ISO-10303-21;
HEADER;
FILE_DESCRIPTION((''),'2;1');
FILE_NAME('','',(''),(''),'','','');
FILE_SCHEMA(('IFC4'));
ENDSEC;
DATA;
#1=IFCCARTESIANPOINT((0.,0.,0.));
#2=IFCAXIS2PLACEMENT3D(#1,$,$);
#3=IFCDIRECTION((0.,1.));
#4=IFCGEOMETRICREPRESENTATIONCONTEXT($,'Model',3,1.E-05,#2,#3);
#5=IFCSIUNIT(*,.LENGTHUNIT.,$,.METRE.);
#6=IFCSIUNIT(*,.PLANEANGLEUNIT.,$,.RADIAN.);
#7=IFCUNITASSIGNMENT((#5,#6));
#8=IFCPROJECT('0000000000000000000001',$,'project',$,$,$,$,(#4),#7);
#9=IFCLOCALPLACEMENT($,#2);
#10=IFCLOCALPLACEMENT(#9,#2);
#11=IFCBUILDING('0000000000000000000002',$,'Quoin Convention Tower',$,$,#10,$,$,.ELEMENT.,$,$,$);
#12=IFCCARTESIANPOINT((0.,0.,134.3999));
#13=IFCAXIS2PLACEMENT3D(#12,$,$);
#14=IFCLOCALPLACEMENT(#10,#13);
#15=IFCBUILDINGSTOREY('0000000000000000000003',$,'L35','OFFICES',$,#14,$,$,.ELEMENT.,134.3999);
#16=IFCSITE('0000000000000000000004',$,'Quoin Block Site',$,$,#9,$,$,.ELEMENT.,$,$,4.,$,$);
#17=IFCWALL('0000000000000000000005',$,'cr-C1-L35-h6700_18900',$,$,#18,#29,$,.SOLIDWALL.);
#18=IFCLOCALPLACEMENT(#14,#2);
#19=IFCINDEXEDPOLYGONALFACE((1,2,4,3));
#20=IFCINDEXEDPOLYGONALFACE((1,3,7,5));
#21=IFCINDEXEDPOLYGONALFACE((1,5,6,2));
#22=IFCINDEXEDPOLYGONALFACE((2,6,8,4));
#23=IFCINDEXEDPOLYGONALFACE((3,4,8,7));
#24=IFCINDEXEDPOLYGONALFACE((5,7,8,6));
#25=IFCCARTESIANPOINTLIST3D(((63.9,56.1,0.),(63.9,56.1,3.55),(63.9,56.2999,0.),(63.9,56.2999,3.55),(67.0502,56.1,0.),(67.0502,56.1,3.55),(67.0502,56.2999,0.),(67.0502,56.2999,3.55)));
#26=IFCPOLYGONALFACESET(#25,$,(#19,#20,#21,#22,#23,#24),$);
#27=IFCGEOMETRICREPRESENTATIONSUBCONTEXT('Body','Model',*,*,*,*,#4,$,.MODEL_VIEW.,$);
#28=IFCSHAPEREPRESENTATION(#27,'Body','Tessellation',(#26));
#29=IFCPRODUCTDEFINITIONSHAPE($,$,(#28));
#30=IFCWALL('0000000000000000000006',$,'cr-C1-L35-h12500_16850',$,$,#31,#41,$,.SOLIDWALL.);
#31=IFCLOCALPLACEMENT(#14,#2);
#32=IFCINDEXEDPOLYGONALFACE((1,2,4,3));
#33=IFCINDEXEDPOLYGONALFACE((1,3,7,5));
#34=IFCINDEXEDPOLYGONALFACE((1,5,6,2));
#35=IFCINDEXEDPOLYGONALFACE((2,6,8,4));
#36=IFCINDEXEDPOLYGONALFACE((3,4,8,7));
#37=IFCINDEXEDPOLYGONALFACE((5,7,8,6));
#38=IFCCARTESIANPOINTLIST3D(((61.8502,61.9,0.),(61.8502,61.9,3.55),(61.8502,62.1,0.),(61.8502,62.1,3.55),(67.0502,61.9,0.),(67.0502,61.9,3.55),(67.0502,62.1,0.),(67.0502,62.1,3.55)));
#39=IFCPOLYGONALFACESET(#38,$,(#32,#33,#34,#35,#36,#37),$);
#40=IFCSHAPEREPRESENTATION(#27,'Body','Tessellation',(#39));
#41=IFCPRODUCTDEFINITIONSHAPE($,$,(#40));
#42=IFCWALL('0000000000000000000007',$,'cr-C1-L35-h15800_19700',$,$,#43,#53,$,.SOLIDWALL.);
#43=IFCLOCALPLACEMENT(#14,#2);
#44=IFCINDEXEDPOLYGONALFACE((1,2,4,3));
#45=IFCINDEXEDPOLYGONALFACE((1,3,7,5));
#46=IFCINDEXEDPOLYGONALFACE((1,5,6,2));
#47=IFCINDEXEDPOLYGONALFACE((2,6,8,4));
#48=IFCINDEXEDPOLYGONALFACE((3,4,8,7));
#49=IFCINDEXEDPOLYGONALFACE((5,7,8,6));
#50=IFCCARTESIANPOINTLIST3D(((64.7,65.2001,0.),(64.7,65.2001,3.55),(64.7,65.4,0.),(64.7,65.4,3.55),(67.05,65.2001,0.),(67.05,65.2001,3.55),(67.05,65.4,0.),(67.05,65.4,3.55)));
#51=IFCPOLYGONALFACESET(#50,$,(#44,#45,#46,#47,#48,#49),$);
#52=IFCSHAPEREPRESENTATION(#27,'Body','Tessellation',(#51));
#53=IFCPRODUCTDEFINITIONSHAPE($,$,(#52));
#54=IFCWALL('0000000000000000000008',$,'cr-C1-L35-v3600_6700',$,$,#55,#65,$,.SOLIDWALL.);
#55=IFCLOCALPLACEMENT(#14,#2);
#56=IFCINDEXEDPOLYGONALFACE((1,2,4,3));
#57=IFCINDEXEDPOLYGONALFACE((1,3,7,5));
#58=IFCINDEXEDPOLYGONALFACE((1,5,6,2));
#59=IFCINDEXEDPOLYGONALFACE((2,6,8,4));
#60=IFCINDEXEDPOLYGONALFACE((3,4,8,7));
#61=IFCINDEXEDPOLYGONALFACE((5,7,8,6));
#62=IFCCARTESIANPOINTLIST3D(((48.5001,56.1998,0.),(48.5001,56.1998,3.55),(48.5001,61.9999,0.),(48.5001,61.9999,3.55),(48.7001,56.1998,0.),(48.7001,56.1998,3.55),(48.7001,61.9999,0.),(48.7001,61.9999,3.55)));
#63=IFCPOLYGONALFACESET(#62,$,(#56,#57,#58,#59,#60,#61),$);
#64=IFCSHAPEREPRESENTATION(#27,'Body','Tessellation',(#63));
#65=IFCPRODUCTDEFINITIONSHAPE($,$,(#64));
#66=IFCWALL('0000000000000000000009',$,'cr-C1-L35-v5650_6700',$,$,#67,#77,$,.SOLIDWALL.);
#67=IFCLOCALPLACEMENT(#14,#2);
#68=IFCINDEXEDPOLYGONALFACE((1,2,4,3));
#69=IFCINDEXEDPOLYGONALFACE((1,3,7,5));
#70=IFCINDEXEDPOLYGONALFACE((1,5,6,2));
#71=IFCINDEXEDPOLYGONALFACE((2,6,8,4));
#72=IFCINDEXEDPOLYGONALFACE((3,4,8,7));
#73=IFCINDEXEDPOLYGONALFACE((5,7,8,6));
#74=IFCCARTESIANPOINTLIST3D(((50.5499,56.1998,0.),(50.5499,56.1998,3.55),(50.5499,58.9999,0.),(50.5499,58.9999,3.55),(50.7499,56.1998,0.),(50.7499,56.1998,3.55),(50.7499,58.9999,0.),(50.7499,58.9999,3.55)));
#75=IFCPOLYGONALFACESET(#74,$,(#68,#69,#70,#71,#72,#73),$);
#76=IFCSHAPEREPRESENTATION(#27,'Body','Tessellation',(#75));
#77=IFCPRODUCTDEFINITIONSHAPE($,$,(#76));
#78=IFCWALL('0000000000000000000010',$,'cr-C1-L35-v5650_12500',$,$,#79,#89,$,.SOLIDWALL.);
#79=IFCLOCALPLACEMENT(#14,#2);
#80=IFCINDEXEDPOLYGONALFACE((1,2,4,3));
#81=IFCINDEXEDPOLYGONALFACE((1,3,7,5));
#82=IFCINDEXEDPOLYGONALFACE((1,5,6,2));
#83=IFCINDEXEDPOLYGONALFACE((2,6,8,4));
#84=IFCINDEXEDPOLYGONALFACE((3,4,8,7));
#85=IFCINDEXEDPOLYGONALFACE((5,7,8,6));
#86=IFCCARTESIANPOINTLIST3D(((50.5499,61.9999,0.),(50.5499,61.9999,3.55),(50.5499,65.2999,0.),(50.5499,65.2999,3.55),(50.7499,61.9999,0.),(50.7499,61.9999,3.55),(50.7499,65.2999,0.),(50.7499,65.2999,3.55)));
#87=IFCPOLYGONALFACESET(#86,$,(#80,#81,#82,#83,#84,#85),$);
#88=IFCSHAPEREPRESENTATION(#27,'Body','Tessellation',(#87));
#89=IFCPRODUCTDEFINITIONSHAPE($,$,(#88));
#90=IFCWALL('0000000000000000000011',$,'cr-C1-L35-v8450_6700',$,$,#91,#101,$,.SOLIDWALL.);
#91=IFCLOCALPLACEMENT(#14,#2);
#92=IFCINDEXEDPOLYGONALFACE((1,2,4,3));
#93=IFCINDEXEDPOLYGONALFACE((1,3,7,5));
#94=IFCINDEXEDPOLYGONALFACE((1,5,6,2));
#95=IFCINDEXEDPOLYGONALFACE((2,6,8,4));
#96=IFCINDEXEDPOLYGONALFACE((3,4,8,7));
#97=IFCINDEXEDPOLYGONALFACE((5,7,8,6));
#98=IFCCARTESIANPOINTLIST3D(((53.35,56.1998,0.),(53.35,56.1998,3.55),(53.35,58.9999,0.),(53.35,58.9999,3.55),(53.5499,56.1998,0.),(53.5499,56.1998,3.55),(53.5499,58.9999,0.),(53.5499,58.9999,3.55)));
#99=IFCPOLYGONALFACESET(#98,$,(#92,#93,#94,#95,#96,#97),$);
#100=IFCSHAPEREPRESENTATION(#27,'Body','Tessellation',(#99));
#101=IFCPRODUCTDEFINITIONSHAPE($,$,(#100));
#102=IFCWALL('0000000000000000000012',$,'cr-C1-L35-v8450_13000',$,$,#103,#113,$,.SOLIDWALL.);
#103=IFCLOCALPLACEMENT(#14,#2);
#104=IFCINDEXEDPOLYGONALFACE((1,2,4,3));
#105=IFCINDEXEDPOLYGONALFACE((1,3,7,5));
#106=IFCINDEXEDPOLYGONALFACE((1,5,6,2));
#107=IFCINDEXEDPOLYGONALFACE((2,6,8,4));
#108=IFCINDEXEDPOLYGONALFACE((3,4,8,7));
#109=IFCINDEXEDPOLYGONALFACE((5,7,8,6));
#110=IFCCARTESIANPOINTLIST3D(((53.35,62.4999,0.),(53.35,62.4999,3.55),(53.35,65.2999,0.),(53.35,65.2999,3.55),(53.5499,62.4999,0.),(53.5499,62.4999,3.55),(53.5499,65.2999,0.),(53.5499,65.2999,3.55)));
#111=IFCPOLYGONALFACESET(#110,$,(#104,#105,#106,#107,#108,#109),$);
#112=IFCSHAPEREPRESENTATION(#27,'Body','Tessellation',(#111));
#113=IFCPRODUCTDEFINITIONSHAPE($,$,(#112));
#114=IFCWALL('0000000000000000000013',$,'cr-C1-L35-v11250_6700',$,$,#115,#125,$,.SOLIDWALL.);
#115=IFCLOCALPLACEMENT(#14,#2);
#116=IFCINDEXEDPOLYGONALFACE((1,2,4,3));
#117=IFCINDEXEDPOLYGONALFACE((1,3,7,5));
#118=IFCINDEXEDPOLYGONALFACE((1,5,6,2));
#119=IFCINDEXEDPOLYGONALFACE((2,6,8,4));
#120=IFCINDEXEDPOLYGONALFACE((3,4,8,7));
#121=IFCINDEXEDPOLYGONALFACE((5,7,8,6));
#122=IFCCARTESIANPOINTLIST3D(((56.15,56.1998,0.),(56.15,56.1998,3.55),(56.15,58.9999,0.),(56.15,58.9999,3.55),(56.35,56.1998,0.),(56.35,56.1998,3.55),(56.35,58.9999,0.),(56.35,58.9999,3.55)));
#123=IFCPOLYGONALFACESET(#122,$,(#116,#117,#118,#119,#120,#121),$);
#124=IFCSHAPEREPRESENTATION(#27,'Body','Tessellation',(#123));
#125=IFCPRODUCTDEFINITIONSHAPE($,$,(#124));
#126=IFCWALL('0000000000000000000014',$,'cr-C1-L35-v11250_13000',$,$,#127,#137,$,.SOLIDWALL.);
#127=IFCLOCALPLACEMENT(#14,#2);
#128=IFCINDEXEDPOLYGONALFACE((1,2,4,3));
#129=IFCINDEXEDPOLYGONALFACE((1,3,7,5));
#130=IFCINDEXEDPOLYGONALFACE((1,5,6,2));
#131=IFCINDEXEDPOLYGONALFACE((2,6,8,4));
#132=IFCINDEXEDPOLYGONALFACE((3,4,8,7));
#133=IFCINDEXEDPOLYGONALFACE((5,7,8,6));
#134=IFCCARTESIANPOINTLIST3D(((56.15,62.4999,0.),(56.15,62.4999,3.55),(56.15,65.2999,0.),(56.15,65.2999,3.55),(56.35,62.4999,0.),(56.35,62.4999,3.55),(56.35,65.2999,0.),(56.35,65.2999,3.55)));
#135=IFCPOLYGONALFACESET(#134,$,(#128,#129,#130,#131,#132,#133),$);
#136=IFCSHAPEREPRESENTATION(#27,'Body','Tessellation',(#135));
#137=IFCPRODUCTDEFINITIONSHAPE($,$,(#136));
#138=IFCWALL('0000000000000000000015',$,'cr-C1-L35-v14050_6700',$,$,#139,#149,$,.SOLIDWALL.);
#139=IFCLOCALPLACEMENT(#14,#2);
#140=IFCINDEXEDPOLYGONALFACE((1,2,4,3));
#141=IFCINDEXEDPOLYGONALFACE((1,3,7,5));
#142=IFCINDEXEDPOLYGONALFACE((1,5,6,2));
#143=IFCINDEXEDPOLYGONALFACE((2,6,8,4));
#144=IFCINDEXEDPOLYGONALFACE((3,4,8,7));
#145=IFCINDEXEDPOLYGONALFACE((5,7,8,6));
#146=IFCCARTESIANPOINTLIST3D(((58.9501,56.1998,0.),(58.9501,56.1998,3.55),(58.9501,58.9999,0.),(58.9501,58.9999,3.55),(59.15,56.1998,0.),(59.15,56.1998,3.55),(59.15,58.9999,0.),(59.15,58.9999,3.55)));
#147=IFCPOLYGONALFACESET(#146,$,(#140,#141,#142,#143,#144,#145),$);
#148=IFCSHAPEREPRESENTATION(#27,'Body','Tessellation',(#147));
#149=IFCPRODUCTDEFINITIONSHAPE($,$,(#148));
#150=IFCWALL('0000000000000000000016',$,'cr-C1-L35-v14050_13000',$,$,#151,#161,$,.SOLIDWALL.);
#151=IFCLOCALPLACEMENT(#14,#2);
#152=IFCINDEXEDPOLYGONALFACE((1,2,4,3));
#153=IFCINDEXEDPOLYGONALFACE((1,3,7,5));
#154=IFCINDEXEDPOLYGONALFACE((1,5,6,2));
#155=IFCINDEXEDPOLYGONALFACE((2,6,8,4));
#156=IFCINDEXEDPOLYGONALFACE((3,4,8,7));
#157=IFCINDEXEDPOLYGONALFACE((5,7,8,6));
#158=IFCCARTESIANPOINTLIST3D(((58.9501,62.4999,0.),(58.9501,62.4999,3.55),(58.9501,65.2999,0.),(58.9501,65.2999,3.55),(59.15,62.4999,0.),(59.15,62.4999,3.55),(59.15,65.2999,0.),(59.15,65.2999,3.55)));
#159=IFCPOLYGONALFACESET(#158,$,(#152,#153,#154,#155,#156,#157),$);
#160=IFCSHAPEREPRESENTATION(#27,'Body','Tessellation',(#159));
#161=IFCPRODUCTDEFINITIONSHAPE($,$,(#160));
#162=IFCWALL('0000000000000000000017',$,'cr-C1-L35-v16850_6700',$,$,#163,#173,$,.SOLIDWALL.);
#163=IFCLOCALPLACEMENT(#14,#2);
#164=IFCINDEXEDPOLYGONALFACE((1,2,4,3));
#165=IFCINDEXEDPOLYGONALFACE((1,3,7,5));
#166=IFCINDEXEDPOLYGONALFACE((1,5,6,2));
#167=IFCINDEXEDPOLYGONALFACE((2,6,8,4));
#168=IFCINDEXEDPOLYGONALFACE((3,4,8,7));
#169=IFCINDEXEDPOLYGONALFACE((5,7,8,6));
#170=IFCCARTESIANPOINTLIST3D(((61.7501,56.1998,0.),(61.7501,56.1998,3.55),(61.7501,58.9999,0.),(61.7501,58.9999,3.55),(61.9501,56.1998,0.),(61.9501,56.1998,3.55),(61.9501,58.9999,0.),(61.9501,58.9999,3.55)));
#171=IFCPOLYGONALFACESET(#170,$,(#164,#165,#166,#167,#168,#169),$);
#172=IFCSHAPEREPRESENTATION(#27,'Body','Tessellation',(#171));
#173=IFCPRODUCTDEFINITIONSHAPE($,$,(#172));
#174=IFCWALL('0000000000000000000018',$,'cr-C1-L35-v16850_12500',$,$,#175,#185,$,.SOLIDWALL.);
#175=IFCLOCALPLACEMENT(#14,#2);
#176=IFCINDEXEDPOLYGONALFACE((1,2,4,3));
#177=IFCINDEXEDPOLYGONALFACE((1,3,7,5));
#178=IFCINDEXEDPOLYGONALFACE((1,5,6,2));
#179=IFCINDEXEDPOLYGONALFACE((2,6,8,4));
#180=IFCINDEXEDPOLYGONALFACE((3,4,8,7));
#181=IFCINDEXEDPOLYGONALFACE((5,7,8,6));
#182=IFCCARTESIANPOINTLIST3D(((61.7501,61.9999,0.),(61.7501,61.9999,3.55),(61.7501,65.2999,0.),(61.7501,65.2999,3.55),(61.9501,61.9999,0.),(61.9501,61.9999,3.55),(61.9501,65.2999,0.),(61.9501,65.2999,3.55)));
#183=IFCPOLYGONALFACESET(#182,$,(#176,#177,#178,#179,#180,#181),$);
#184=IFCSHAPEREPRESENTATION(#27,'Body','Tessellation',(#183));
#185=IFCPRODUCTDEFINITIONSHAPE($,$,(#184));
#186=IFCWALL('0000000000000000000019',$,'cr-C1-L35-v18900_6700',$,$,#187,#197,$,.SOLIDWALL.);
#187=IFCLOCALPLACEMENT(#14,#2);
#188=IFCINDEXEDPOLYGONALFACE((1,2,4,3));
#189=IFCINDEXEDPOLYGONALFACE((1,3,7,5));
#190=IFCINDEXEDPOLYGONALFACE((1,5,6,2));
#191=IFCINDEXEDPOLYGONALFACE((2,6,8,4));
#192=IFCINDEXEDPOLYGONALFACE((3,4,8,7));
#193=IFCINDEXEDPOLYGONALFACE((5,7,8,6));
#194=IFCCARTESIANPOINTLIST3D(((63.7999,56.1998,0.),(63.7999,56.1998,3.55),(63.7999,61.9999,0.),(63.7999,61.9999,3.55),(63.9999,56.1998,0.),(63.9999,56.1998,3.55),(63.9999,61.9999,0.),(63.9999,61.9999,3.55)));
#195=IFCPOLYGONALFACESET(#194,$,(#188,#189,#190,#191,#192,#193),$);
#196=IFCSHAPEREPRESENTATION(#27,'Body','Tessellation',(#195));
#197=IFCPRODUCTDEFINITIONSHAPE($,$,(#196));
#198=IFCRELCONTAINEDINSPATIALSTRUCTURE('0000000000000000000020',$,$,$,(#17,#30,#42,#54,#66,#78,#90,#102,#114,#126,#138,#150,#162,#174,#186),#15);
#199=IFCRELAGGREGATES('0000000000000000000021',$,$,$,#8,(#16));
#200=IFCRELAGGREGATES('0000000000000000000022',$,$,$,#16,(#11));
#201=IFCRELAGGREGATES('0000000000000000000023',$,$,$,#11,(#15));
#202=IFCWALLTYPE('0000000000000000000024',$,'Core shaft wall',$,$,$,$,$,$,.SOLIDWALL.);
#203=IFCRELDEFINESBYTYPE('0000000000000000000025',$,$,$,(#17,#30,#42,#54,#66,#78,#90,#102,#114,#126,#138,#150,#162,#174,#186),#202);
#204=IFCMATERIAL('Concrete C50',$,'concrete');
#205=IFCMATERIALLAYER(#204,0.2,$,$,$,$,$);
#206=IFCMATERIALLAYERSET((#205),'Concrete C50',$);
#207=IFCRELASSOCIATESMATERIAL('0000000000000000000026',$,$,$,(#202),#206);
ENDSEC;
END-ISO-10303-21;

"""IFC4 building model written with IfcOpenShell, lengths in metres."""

from ifc_helpers import new_model, si_unit, direction, frame, frame_2d, origin, place, context, subcontext, project, spatial, rectangle, extrude, material, layer, layer_set, type_object, element, save


model = new_model("IFC4")

# Units and contexts
model_context = context("Model", 3, precision=1e-05, world=origin(), true_north=direction((0.0, 1.0)))
body_context = subcontext(model_context, "Body", "Model", "MODEL_VIEW")
ifc_project = project(units=[si_unit("LENGTHUNIT", "METRE"), si_unit("PLANEANGLEUNIT", "RADIAN")], contexts=[model_context])

# Site, building, storey
site_placement = place(None, origin())
site = spatial("IfcSite", under=ifc_project, at=site_placement, Name="Quoin Block Site", CompositionType="ELEMENT", RefElevation=4.0)
building_placement = place(site_placement, origin())
building = spatial("IfcBuilding", under=site, at=building_placement, Name="Quoin Convention Tower", CompositionType="ELEMENT")
storey_placement = place(building_placement, frame((0.0, 0.0, 134.3999)))
storey = spatial("IfcBuildingStorey", under=building, at=storey_placement, Name="L35", Description="OFFICES", CompositionType="ELEMENT", Elevation=134.3999)

# Shared definitions
ifc_material_1 = material(Name="Concrete C50", Category="concrete")
ifc_layer_1 = layer(ifc_material_1, 0.2)
ifc_layer_set_1 = layer_set([ifc_layer_1], Name="Concrete C50")
wall_type_1 = type_object("IfcWallType", Name="Core shaft wall", PredefinedType="SOLIDWALL", material=ifc_layer_set_1)

# Walls
wall_1_placement = place(storey_placement, frame((63.8999, 56.2, 0.0), z_axis=(0.0, 0.0, 1.0), x_axis=(1.0, 0.0, 0.0)))
element("IfcWall", 1, at=wall_1_placement, inside=storey, type_object=wall_type_1, Name="cr-C1-L35-h6700_18900", PredefinedType="SOLIDWALL", context=body_context, shape_type="SweptSolid", body=[
    extrude(rectangle(XDim=3.1501, YDim=0.2, at=frame_2d((1.5752, 0.0))), origin(), (0.0, 0.0, 1.0), 3.55),
])
wall_2_placement = place(storey_placement, frame((61.8501, 62.0, 0.0), z_axis=(0.0, 0.0, 1.0), x_axis=(1.0, 0.0, 0.0)))
element("IfcWall", 2, at=wall_2_placement, inside=storey, type_object=wall_type_1, Name="cr-C1-L35-h12500_16850", PredefinedType="SOLIDWALL", context=body_context, shape_type="SweptSolid", body=[
    extrude(rectangle(XDim=5.2, YDim=0.2, at=frame_2d((2.6001, 0.0))), origin(), (0.0, 0.0, 1.0), 3.55),
])
wall_3_placement = place(storey_placement, frame((64.7, 65.3, 0.0), z_axis=(0.0, 0.0, 1.0), x_axis=(1.0, 0.0, 0.0)))
element("IfcWall", 3, at=wall_3_placement, inside=storey, type_object=wall_type_1, Name="cr-C1-L35-h15800_19700", PredefinedType="SOLIDWALL", context=body_context, shape_type="SweptSolid", body=[
    extrude(rectangle(XDim=2.3501, YDim=0.2, at=frame_2d((1.175, 0.0))), origin(), (0.0, 0.0, 1.0), 3.55),
])
wall_4_placement = place(storey_placement, frame((48.6001, 56.2, 0.0), z_axis=(0.0, 0.0, 1.0), x_axis=(0.0, 1.0, 0.0)))
element("IfcWall", 4, at=wall_4_placement, inside=storey, type_object=wall_type_1, Name="cr-C1-L35-v3600_6700", PredefinedType="SOLIDWALL", context=body_context, shape_type="SweptSolid", body=[
    extrude(rectangle(XDim=5.8, YDim=0.2, at=frame_2d((2.8999, 0.0))), origin(), (0.0, 0.0, 1.0), 3.55),
])
wall_5_placement = place(storey_placement, frame((50.6499, 56.2, 0.0), z_axis=(0.0, 0.0, 1.0), x_axis=(0.0, 1.0, 0.0)))
element("IfcWall", 5, at=wall_5_placement, inside=storey, type_object=wall_type_1, Name="cr-C1-L35-v5650_6700", PredefinedType="SOLIDWALL", context=body_context, shape_type="SweptSolid", body=[
    extrude(rectangle(XDim=2.8, YDim=0.2, at=frame_2d((1.3999, 0.0))), origin(), (0.0, 0.0, 1.0), 3.55),
])
wall_6_placement = place(storey_placement, frame((50.6499, 62.0, 0.0), z_axis=(0.0, 0.0, 1.0), x_axis=(0.0, 1.0, 0.0)))
element("IfcWall", 6, at=wall_6_placement, inside=storey, type_object=wall_type_1, Name="cr-C1-L35-v5650_12500", PredefinedType="SOLIDWALL", context=body_context, shape_type="SweptSolid", body=[
    extrude(rectangle(XDim=3.3, YDim=0.2, at=frame_2d((1.6499, 0.0))), origin(), (0.0, 0.0, 1.0), 3.55),
])
for number, where, z_axis, x_axis, name in (
    (7, (53.45, 56.2, 0.0), (0.0, 0.0, 1.0), (0.0, 1.0, 0.0), "cr-C1-L35-v8450_6700"),
    (8, (53.45, 62.5, 0.0), (0.0, 0.0, 1.0), (0.0, 1.0, 0.0), "cr-C1-L35-v8450_13000"),
    (9, (56.25, 56.2, 0.0), (0.0, 0.0, 1.0), (0.0, 1.0, 0.0), "cr-C1-L35-v11250_6700"),
    (10, (56.25, 62.5, 0.0), (0.0, 0.0, 1.0), (0.0, 1.0, 0.0), "cr-C1-L35-v11250_13000"),
    (11, (59.05, 56.2, 0.0), (0.0, 0.0, 1.0), (0.0, 1.0, 0.0), "cr-C1-L35-v14050_6700"),
    (12, (59.05, 62.5, 0.0), (0.0, 0.0, 1.0), (0.0, 1.0, 0.0), "cr-C1-L35-v14050_13000"),
    (13, (61.8501, 56.2, 0.0), (0.0, 0.0, 1.0), (0.0, 1.0, 0.0), "cr-C1-L35-v16850_6700"),
):
    element("IfcWall", number, at=place(storey_placement, frame(where, z_axis=z_axis, x_axis=x_axis)), inside=storey, type_object=wall_type_1, Name=name, PredefinedType="SOLIDWALL", context=body_context, shape_type="SweptSolid", body=[
        extrude(rectangle(XDim=2.8, YDim=0.2, at=frame_2d((1.3999, 0.0))), origin(), (0.0, 0.0, 1.0), 3.55),
    ])
wall_7_placement = place(storey_placement, frame((61.8501, 62.0, 0.0), z_axis=(0.0, 0.0, 1.0), x_axis=(0.0, 1.0, 0.0)))
element("IfcWall", 14, at=wall_7_placement, inside=storey, type_object=wall_type_1, Name="cr-C1-L35-v16850_12500", PredefinedType="SOLIDWALL", context=body_context, shape_type="SweptSolid", body=[
    extrude(rectangle(XDim=3.3, YDim=0.2, at=frame_2d((1.6499, 0.0))), origin(), (0.0, 0.0, 1.0), 3.55),
])
wall_8_placement = place(storey_placement, frame((63.8999, 56.2, 0.0), z_axis=(0.0, 0.0, 1.0), x_axis=(0.0, 1.0, 0.0)))
element("IfcWall", 15, at=wall_8_placement, inside=storey, type_object=wall_type_1, Name="cr-C1-L35-v18900_6700", PredefinedType="SOLIDWALL", context=body_context, shape_type="SweptSolid", body=[
    extrude(rectangle(XDim=5.8, YDim=0.2, at=frame_2d((2.8999, 0.0))), origin(), (0.0, 0.0, 1.0), 3.55),
])

save(model, "model.ifc")
